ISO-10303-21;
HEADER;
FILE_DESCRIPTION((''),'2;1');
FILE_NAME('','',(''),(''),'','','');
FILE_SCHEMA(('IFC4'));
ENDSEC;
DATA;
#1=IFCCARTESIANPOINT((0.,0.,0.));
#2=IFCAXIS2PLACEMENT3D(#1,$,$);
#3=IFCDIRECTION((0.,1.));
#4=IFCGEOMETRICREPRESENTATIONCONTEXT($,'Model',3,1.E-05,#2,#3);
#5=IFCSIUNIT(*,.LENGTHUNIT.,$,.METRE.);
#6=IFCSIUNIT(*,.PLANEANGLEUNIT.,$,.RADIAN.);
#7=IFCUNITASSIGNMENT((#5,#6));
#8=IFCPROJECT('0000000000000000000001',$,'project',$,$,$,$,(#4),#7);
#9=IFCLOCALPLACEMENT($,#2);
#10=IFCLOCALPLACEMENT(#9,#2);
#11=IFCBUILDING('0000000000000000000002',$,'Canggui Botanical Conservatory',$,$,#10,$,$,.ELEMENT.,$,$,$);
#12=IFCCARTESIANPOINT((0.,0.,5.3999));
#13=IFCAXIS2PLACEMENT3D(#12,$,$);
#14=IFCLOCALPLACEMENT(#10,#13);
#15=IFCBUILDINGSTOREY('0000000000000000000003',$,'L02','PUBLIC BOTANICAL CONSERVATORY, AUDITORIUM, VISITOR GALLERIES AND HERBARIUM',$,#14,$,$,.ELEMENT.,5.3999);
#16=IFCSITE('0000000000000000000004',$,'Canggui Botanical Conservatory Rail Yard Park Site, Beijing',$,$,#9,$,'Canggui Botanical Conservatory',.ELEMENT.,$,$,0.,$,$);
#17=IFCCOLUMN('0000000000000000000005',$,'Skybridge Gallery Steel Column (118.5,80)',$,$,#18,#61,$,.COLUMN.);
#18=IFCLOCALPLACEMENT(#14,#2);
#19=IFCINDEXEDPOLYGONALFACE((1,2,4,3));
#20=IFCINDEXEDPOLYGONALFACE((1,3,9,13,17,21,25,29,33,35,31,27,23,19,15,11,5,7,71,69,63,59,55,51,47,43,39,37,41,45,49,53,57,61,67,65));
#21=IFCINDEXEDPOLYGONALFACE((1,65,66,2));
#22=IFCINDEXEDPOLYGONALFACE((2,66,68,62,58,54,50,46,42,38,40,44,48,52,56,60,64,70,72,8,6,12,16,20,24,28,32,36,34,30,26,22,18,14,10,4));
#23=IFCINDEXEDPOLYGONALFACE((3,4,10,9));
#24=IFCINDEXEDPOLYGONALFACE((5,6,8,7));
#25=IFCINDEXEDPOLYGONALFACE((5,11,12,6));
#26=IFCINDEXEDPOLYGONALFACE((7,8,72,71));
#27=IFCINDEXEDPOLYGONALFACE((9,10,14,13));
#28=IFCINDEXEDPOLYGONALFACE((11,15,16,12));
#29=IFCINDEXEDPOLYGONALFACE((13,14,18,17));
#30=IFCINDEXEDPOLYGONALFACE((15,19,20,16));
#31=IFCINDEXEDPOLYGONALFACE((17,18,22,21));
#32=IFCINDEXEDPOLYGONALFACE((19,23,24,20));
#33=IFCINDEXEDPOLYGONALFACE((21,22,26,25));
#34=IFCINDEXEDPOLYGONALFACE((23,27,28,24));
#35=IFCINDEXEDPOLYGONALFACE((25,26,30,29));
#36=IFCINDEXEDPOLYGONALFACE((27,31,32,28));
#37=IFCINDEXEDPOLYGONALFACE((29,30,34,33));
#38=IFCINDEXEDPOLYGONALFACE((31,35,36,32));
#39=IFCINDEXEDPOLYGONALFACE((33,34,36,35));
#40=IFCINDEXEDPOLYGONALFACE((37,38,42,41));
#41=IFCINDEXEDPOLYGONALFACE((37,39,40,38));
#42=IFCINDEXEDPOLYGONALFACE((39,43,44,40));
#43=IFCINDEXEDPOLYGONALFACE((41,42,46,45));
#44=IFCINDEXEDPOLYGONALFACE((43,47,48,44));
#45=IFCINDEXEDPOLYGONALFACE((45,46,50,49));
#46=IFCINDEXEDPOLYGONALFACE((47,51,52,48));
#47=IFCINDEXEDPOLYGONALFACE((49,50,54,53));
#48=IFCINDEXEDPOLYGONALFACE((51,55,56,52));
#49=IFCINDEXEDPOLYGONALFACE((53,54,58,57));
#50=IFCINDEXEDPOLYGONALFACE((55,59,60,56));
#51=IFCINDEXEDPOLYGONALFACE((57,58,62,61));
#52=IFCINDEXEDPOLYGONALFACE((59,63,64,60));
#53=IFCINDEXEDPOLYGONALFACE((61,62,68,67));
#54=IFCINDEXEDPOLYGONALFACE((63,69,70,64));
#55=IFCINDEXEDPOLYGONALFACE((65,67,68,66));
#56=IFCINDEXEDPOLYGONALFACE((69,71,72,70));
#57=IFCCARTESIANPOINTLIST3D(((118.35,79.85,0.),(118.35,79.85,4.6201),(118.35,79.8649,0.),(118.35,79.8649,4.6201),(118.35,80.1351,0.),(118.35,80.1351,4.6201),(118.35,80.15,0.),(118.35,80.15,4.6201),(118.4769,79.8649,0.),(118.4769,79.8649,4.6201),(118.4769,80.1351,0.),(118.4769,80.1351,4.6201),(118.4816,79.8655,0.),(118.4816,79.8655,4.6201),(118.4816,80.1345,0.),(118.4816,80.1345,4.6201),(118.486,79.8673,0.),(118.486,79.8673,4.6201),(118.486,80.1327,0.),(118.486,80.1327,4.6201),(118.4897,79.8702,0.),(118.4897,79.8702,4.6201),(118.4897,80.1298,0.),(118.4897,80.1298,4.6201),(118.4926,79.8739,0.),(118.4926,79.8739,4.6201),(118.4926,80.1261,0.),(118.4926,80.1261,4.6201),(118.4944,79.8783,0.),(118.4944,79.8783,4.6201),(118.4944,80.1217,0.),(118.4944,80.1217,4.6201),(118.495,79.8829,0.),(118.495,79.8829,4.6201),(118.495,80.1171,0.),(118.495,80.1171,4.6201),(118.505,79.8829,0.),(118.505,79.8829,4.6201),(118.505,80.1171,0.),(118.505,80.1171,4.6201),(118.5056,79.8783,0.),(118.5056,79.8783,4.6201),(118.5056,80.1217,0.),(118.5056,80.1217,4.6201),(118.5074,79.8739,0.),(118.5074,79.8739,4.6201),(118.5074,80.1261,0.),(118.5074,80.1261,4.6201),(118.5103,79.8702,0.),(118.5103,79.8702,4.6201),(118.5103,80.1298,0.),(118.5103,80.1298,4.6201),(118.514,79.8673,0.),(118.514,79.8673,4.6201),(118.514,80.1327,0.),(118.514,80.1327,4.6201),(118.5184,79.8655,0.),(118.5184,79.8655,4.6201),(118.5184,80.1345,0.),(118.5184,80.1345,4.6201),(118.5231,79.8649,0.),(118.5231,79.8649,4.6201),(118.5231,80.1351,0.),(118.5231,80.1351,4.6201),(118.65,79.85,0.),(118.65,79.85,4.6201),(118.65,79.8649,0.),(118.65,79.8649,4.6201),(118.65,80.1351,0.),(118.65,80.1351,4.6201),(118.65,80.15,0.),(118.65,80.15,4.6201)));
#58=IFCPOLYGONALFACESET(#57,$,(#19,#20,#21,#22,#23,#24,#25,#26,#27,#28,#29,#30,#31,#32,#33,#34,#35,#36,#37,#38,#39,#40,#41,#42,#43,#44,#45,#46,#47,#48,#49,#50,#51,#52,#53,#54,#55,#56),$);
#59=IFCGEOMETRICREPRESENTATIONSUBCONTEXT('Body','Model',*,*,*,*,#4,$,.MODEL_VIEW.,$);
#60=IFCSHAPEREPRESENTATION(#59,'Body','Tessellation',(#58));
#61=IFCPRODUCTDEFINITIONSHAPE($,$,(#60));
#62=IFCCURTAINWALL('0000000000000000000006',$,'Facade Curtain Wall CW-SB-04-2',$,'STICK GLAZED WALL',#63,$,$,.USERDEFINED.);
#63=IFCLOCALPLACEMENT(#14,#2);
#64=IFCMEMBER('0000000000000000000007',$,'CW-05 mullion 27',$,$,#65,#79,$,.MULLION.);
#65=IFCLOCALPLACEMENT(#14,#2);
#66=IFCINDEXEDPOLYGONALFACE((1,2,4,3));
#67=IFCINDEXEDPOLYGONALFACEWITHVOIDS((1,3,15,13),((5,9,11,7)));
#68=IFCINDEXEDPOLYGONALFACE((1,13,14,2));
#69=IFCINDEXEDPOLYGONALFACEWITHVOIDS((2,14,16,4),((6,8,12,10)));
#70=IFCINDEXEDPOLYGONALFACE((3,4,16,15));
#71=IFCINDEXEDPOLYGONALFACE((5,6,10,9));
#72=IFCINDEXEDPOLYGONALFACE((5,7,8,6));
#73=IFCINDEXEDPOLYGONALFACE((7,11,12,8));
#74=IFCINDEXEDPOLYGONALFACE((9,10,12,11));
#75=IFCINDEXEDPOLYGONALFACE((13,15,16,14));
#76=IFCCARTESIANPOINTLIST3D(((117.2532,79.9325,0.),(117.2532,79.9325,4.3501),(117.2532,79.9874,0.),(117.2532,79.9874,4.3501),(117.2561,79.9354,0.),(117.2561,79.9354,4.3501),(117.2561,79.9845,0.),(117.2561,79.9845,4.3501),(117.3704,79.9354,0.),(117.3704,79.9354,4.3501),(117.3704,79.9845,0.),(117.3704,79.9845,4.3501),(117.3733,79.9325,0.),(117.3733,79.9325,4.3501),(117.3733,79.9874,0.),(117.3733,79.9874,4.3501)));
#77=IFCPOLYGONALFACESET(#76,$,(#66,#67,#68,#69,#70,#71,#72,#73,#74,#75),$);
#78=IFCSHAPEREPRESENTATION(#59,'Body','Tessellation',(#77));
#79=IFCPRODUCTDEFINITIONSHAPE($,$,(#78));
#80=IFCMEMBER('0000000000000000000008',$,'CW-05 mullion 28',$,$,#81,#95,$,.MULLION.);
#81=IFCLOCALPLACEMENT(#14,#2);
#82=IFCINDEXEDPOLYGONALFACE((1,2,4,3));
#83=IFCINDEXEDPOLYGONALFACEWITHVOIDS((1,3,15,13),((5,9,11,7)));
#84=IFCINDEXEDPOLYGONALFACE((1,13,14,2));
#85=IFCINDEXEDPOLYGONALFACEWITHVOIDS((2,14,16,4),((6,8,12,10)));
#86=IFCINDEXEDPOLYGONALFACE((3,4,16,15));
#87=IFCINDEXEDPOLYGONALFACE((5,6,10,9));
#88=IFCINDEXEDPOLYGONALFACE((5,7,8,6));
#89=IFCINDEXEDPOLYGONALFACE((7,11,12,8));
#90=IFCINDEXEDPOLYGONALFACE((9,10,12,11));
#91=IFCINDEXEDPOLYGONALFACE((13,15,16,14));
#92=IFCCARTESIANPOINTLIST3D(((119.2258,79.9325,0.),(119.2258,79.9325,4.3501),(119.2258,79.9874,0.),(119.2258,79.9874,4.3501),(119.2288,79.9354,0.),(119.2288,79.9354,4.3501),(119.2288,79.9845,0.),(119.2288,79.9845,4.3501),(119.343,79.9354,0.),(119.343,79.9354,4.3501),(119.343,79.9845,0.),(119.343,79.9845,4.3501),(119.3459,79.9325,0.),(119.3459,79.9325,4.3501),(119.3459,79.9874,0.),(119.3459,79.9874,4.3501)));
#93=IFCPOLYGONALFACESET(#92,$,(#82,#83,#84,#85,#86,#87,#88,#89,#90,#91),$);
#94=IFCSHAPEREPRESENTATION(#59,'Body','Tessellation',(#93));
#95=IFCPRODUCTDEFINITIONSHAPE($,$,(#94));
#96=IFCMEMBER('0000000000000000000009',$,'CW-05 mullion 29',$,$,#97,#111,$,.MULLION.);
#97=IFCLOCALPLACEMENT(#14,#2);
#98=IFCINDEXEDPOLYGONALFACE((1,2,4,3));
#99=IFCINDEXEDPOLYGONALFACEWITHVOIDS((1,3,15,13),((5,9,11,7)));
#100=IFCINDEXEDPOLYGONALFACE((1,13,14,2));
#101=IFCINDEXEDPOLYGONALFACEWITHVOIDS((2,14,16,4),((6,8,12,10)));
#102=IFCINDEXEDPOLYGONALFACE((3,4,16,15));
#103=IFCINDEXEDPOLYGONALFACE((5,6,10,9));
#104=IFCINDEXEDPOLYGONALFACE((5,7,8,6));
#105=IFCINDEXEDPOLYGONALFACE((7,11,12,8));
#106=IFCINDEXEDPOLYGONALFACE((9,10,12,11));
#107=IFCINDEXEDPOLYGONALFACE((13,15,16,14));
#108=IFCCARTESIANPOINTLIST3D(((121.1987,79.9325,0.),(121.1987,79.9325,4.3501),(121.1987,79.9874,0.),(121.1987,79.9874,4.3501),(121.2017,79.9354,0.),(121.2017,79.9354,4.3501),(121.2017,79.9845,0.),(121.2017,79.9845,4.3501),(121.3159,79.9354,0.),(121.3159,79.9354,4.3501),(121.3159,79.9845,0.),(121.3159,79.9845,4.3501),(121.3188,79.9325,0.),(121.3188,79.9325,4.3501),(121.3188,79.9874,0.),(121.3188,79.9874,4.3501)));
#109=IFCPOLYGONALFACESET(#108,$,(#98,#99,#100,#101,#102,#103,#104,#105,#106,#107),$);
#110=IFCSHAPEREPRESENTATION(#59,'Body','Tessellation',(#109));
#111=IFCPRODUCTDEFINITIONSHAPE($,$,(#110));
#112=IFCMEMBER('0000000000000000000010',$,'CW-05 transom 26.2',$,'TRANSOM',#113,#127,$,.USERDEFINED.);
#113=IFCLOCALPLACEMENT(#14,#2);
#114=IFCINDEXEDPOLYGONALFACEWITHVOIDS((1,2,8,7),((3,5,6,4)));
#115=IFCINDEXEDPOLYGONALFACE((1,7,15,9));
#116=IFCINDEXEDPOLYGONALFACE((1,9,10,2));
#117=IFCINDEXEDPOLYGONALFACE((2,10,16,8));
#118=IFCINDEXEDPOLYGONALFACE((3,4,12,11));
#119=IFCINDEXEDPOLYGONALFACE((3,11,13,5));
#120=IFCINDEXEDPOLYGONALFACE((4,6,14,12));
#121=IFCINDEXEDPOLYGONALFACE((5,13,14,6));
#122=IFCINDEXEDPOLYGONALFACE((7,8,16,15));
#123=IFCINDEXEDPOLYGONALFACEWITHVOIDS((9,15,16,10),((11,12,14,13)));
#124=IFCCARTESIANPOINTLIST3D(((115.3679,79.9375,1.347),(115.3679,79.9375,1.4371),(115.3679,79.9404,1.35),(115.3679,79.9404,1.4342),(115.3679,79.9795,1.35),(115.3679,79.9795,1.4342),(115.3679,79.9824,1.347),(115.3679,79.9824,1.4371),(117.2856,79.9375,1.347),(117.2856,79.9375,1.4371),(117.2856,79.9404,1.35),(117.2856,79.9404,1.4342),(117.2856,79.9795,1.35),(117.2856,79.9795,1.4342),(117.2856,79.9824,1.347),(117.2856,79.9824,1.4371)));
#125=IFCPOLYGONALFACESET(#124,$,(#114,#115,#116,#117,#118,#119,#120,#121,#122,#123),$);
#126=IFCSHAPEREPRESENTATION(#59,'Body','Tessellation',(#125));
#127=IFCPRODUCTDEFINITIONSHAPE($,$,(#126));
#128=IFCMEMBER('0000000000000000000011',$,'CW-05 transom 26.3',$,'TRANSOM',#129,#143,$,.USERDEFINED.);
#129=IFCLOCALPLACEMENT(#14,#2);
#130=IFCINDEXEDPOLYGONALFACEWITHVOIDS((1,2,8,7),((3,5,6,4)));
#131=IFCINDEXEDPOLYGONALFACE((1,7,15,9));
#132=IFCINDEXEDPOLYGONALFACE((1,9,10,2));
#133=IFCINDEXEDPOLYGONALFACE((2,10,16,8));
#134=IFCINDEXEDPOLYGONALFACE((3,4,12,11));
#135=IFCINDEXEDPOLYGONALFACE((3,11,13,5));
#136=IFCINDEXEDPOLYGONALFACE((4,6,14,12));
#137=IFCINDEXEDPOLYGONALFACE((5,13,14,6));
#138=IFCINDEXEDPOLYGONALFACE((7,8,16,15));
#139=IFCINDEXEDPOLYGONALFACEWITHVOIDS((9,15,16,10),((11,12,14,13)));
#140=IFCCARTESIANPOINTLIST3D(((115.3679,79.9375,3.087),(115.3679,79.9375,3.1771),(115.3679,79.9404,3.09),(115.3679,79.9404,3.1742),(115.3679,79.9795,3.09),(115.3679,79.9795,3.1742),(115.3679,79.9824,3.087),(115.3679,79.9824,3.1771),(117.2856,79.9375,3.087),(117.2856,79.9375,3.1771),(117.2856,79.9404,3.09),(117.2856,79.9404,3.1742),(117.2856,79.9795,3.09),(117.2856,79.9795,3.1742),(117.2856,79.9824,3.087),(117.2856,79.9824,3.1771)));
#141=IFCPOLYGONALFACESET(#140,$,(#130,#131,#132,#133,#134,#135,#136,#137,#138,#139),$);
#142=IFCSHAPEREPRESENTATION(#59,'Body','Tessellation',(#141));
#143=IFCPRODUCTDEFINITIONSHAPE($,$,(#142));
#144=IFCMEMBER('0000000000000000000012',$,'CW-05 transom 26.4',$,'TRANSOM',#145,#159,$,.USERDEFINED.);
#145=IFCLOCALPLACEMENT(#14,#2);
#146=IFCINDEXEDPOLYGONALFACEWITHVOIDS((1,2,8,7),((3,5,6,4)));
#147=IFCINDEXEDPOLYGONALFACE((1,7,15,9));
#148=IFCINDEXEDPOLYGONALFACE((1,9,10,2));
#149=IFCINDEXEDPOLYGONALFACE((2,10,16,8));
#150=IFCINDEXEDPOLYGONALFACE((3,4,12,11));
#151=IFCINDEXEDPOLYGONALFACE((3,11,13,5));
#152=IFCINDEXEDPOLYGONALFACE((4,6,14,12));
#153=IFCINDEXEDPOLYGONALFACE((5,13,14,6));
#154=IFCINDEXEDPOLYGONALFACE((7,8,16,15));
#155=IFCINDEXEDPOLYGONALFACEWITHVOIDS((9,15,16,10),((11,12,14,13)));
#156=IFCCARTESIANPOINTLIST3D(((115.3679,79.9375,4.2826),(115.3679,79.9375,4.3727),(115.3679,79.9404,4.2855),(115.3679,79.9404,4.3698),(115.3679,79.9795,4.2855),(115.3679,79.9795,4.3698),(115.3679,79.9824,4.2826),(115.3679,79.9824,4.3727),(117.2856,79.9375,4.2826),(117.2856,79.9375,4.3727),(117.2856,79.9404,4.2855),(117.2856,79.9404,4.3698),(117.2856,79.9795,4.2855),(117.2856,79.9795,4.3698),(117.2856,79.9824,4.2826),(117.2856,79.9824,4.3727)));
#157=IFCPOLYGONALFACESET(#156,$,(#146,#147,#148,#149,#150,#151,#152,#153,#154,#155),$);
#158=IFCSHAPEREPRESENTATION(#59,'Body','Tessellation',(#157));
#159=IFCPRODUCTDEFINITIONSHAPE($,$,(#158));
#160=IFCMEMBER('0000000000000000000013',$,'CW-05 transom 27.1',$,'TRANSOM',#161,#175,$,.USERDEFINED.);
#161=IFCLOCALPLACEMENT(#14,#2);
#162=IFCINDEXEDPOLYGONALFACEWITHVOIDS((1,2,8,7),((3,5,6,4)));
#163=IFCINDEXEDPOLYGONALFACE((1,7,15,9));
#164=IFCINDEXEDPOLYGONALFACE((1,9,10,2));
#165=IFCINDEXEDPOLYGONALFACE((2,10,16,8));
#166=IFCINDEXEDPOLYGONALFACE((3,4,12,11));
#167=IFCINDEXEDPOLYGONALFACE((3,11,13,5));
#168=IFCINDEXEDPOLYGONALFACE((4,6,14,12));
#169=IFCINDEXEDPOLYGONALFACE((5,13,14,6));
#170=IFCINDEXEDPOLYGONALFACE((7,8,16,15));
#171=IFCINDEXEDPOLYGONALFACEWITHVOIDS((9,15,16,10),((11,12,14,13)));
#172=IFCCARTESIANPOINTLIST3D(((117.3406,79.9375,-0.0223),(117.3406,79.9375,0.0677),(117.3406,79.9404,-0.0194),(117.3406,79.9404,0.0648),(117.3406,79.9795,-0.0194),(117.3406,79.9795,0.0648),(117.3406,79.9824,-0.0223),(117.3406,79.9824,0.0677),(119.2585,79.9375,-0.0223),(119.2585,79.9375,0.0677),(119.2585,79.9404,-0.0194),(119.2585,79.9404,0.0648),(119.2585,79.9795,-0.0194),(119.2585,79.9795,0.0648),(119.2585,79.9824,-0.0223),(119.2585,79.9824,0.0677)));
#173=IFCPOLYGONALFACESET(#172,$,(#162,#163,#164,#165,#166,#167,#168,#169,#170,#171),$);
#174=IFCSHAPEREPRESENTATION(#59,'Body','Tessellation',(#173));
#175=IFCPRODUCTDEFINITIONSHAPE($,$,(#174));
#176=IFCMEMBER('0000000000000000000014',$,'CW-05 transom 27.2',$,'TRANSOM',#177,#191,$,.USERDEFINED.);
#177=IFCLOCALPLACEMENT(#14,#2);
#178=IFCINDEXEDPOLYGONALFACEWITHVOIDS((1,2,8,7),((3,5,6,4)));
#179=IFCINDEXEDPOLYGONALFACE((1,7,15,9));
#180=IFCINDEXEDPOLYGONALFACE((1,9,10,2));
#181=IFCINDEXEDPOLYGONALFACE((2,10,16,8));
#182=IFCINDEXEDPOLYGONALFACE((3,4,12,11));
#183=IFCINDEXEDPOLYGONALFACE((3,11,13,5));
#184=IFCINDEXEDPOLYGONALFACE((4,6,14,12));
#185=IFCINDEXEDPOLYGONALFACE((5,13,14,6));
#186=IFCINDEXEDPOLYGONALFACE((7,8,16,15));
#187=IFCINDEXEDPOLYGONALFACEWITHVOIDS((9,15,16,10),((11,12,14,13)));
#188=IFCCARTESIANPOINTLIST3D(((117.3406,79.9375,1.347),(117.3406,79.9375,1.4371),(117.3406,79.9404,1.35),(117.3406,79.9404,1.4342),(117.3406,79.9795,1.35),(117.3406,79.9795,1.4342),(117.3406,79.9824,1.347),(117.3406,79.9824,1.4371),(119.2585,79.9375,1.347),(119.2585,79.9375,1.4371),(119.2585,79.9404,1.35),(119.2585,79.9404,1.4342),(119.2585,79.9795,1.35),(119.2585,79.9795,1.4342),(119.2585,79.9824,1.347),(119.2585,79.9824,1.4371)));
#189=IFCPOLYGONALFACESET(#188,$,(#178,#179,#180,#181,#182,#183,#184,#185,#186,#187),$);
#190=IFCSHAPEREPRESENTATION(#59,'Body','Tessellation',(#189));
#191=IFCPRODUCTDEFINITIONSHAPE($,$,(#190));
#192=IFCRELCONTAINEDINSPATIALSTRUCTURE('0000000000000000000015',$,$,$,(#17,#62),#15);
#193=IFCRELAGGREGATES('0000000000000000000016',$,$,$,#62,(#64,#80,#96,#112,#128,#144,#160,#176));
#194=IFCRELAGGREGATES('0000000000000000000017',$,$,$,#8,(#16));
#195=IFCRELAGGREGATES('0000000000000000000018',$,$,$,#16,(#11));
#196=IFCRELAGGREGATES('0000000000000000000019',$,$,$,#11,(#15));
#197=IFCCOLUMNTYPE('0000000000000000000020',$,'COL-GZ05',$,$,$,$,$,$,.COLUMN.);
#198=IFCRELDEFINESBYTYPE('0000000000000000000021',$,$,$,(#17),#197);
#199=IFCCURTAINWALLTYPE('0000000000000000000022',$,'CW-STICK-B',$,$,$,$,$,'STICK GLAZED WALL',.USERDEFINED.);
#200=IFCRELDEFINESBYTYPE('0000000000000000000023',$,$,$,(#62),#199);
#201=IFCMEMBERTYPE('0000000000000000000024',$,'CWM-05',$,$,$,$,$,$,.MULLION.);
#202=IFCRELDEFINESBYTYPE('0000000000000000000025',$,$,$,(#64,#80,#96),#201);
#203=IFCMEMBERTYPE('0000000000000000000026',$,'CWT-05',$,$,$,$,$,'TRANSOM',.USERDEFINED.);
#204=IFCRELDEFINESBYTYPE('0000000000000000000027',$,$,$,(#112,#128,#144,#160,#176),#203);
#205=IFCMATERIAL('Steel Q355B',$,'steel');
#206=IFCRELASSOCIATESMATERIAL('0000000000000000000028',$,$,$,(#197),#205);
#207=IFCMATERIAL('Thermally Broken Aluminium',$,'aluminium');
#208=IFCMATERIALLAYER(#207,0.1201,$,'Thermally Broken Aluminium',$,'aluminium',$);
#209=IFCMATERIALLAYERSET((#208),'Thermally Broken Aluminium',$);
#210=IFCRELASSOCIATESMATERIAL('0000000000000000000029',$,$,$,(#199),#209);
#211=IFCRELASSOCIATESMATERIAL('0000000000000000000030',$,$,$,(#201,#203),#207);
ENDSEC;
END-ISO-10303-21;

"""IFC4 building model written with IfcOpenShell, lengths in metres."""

from ifc_helpers import new_model, si_unit, direction, frame, origin, origin_2d, place, context, subcontext, project, spatial, hollow_rectangle, i_section, extrude, material, layer, layer_set, material_profile, profile_set, type_object, element, aggregate, save


model = new_model("IFC4")

# Units and contexts
model_context = context("Model", 3, precision=1e-05, world=origin(), true_north=direction((0.0, 1.0)))
body_context = subcontext(model_context, "Body", "Model", "MODEL_VIEW")
ifc_project = project(units=[si_unit("LENGTHUNIT", "METRE"), si_unit("PLANEANGLEUNIT", "RADIAN")], contexts=[model_context])

# Site, building, storey
site_placement = place(None, origin())
site = spatial("IfcSite", under=ifc_project, at=site_placement, Name="Canggui Botanical Conservatory Rail Yard Park Site, Beijing", LongName="Canggui Botanical Conservatory", CompositionType="ELEMENT", RefElevation=0.0)
building_placement = place(site_placement, origin())
building = spatial("IfcBuilding", under=site, at=building_placement, Name="Canggui Botanical Conservatory", CompositionType="ELEMENT")
storey_placement = place(building_placement, frame((0.0, 0.0, 5.3999)))
storey = spatial("IfcBuildingStorey", under=building, at=storey_placement, Name="L02", Description="PUBLIC BOTANICAL CONSERVATORY, AUDITORIUM, VISITOR GALLERIES AND HERBARIUM", CompositionType="ELEMENT", Elevation=5.3999)

# Column
ifc_material_1 = material(Name="Steel Q355B", Category="steel")
ifc_material_profile_1 = material_profile(ifc_material_1, i_section(OverallWidth=0.3, OverallDepth=0.3, WebThickness=0.01, FlangeThickness=0.0149, FilletRadius=0.0181, at=origin_2d()), Name="HW 300x300x10x15")
ifc_profile_set_1 = profile_set([ifc_material_profile_1], Name="Steel Q355B")
column_type = type_object("IfcColumnType", Name="COL-GZ05", PredefinedType="COLUMN", material=ifc_profile_set_1)
column_placement = place(storey_placement, frame((118.5, 80.0, 0.0), z_axis=(0.0, 0.0, 1.0), x_axis=(1.0, 0.0, 0.0)))
element("IfcColumn", 1, at=column_placement, inside=storey, type_object=column_type, Name="Skybridge Gallery Steel Column (118.5,80)", PredefinedType="COLUMN", context=body_context, shape_type="SweptSolid", body=[
    extrude(i_section(OverallWidth=0.3, OverallDepth=0.3, WebThickness=0.01, FlangeThickness=0.0149, FilletRadius=0.0181, at=origin_2d()), origin(), (0.0, 0.0, 1.0), 4.6201),
])

# Curtain wall, members
ifc_material_2 = material(Name="Thermally Broken Aluminium", Category="aluminium")
ifc_layer_1 = layer(ifc_material_2, 0.1201, Name="Thermally Broken Aluminium", Category="aluminium")
ifc_layer_set_1 = layer_set([ifc_layer_1], Name="Thermally Broken Aluminium")
curtain_wall_type = type_object("IfcCurtainWallType", Name="CW-STICK-B", ElementType="STICK GLAZED WALL", PredefinedType="USERDEFINED", material=ifc_layer_set_1)
curtain_wall_placement = place(storey_placement, origin())
curtain_wall = element("IfcCurtainWall", 2, at=curtain_wall_placement, inside=storey, type_object=curtain_wall_type, Name="Facade Curtain Wall CW-SB-04-2", ObjectType="STICK GLAZED WALL", PredefinedType="USERDEFINED")
ifc_material_profile_2 = material_profile(ifc_material_2, hollow_rectangle(XDim=0.0549, YDim=0.1201, WallThickness=0.0029, at=origin_2d()), Name="CWM 55x120x3")
ifc_profile_set_2 = profile_set([ifc_material_profile_2], Name="Thermally Broken Aluminium")
member_type_1 = type_object("IfcMemberType", Name="CWM-05", PredefinedType="MULLION", material=ifc_profile_set_2)
member_1_placement = place(storey_placement, frame((117.3132, 79.96, 0.0), z_axis=(0.0, 0.0, 1.0), x_axis=(0.0, 1.0, 0.0)))
member_1 = element("IfcMember", 3, at=member_1_placement, type_object=member_type_1, Name="CW-05 mullion 27", PredefinedType="MULLION", context=body_context, shape_type="SweptSolid", body=[
    extrude(hollow_rectangle(XDim=0.0549, YDim=0.1201, WallThickness=0.0029, at=origin_2d()), origin(), (0.0, 0.0, 1.0), 4.3501),
])
member_2_placement = place(storey_placement, frame((119.2859, 79.96, 0.0), z_axis=(0.0, 0.0, 1.0), x_axis=(0.0, 1.0, 0.0)))
member_2 = element("IfcMember", 4, at=member_2_placement, type_object=member_type_1, Name="CW-05 mullion 28", PredefinedType="MULLION", context=body_context, shape_type="SweptSolid", body=[
    extrude(hollow_rectangle(XDim=0.0549, YDim=0.1201, WallThickness=0.0029, at=origin_2d()), origin(), (0.0, 0.0, 1.0), 4.3501),
])
member_3_placement = place(storey_placement, frame((121.2588, 79.96, 0.0), z_axis=(0.0, 0.0, 1.0), x_axis=(0.0, 1.0, 0.0)))
member_3 = element("IfcMember", 5, at=member_3_placement, type_object=member_type_1, Name="CW-05 mullion 29", PredefinedType="MULLION", context=body_context, shape_type="SweptSolid", body=[
    extrude(hollow_rectangle(XDim=0.0549, YDim=0.1201, WallThickness=0.0029, at=origin_2d()), origin(), (0.0, 0.0, 1.0), 4.3501),
])
ifc_material_profile_3 = material_profile(ifc_material_2, hollow_rectangle(XDim=0.0449, YDim=0.0901, WallThickness=0.0029, at=origin_2d()), Name="CWT 45x90x3")
ifc_profile_set_3 = profile_set([ifc_material_profile_3], Name="Thermally Broken Aluminium")
member_type_2 = type_object("IfcMemberType", Name="CWT-05", ElementType="TRANSOM", PredefinedType="USERDEFINED", material=ifc_profile_set_3)
member_4_placement = place(storey_placement, frame((115.3679, 79.96, 1.3921), z_axis=(1.0, 0.0, 0.0), x_axis=(0.0, 1.0, 0.0)))
member_4 = element("IfcMember", 6, at=member_4_placement, type_object=member_type_2, Name="CW-05 transom 26.2", ObjectType="TRANSOM", PredefinedType="USERDEFINED", context=body_context, shape_type="SweptSolid", body=[
    extrude(hollow_rectangle(XDim=0.0449, YDim=0.0901, WallThickness=0.0029, at=origin_2d()), origin(), (0.0, 0.0, 1.0), 1.9177),
])
member_5_placement = place(storey_placement, frame((115.3679, 79.96, 3.1321), z_axis=(1.0, 0.0, 0.0), x_axis=(0.0, 1.0, 0.0)))
member_5 = element("IfcMember", 7, at=member_5_placement, type_object=member_type_2, Name="CW-05 transom 26.3", ObjectType="TRANSOM", PredefinedType="USERDEFINED", context=body_context, shape_type="SweptSolid", body=[
    extrude(hollow_rectangle(XDim=0.0449, YDim=0.0901, WallThickness=0.0029, at=origin_2d()), origin(), (0.0, 0.0, 1.0), 1.9177),
])
member_6_placement = place(storey_placement, frame((115.3679, 79.96, 4.3276), z_axis=(1.0, 0.0, 0.0), x_axis=(0.0, 1.0, 0.0)))
member_6 = element("IfcMember", 8, at=member_6_placement, type_object=member_type_2, Name="CW-05 transom 26.4", ObjectType="TRANSOM", PredefinedType="USERDEFINED", context=body_context, shape_type="SweptSolid", body=[
    extrude(hollow_rectangle(XDim=0.0449, YDim=0.0901, WallThickness=0.0029, at=origin_2d()), origin(), (0.0, 0.0, 1.0), 1.9177),
])
member_7_placement = place(storey_placement, frame((117.3406, 79.96, 0.0227), z_axis=(1.0, 0.0, 0.0), x_axis=(0.0, 1.0, 0.0)))
member_7 = element("IfcMember", 9, at=member_7_placement, type_object=member_type_2, Name="CW-05 transom 27.1", ObjectType="TRANSOM", PredefinedType="USERDEFINED", context=body_context, shape_type="SweptSolid", body=[
    extrude(hollow_rectangle(XDim=0.0449, YDim=0.0901, WallThickness=0.0029, at=origin_2d()), origin(), (0.0, 0.0, 1.0), 1.918),
])
member_8_placement = place(storey_placement, frame((117.3406, 79.96, 1.3921), z_axis=(1.0, 0.0, 0.0), x_axis=(0.0, 1.0, 0.0)))
member_8 = element("IfcMember", 10, at=member_8_placement, type_object=member_type_2, Name="CW-05 transom 27.2", ObjectType="TRANSOM", PredefinedType="USERDEFINED", context=body_context, shape_type="SweptSolid", body=[
    extrude(hollow_rectangle(XDim=0.0449, YDim=0.0901, WallThickness=0.0029, at=origin_2d()), origin(), (0.0, 0.0, 1.0), 1.918),
])

aggregate(curtain_wall, [member_1, member_2, member_3, member_4, member_5, member_6, member_7, member_8])

save(model, "model.ifc")
